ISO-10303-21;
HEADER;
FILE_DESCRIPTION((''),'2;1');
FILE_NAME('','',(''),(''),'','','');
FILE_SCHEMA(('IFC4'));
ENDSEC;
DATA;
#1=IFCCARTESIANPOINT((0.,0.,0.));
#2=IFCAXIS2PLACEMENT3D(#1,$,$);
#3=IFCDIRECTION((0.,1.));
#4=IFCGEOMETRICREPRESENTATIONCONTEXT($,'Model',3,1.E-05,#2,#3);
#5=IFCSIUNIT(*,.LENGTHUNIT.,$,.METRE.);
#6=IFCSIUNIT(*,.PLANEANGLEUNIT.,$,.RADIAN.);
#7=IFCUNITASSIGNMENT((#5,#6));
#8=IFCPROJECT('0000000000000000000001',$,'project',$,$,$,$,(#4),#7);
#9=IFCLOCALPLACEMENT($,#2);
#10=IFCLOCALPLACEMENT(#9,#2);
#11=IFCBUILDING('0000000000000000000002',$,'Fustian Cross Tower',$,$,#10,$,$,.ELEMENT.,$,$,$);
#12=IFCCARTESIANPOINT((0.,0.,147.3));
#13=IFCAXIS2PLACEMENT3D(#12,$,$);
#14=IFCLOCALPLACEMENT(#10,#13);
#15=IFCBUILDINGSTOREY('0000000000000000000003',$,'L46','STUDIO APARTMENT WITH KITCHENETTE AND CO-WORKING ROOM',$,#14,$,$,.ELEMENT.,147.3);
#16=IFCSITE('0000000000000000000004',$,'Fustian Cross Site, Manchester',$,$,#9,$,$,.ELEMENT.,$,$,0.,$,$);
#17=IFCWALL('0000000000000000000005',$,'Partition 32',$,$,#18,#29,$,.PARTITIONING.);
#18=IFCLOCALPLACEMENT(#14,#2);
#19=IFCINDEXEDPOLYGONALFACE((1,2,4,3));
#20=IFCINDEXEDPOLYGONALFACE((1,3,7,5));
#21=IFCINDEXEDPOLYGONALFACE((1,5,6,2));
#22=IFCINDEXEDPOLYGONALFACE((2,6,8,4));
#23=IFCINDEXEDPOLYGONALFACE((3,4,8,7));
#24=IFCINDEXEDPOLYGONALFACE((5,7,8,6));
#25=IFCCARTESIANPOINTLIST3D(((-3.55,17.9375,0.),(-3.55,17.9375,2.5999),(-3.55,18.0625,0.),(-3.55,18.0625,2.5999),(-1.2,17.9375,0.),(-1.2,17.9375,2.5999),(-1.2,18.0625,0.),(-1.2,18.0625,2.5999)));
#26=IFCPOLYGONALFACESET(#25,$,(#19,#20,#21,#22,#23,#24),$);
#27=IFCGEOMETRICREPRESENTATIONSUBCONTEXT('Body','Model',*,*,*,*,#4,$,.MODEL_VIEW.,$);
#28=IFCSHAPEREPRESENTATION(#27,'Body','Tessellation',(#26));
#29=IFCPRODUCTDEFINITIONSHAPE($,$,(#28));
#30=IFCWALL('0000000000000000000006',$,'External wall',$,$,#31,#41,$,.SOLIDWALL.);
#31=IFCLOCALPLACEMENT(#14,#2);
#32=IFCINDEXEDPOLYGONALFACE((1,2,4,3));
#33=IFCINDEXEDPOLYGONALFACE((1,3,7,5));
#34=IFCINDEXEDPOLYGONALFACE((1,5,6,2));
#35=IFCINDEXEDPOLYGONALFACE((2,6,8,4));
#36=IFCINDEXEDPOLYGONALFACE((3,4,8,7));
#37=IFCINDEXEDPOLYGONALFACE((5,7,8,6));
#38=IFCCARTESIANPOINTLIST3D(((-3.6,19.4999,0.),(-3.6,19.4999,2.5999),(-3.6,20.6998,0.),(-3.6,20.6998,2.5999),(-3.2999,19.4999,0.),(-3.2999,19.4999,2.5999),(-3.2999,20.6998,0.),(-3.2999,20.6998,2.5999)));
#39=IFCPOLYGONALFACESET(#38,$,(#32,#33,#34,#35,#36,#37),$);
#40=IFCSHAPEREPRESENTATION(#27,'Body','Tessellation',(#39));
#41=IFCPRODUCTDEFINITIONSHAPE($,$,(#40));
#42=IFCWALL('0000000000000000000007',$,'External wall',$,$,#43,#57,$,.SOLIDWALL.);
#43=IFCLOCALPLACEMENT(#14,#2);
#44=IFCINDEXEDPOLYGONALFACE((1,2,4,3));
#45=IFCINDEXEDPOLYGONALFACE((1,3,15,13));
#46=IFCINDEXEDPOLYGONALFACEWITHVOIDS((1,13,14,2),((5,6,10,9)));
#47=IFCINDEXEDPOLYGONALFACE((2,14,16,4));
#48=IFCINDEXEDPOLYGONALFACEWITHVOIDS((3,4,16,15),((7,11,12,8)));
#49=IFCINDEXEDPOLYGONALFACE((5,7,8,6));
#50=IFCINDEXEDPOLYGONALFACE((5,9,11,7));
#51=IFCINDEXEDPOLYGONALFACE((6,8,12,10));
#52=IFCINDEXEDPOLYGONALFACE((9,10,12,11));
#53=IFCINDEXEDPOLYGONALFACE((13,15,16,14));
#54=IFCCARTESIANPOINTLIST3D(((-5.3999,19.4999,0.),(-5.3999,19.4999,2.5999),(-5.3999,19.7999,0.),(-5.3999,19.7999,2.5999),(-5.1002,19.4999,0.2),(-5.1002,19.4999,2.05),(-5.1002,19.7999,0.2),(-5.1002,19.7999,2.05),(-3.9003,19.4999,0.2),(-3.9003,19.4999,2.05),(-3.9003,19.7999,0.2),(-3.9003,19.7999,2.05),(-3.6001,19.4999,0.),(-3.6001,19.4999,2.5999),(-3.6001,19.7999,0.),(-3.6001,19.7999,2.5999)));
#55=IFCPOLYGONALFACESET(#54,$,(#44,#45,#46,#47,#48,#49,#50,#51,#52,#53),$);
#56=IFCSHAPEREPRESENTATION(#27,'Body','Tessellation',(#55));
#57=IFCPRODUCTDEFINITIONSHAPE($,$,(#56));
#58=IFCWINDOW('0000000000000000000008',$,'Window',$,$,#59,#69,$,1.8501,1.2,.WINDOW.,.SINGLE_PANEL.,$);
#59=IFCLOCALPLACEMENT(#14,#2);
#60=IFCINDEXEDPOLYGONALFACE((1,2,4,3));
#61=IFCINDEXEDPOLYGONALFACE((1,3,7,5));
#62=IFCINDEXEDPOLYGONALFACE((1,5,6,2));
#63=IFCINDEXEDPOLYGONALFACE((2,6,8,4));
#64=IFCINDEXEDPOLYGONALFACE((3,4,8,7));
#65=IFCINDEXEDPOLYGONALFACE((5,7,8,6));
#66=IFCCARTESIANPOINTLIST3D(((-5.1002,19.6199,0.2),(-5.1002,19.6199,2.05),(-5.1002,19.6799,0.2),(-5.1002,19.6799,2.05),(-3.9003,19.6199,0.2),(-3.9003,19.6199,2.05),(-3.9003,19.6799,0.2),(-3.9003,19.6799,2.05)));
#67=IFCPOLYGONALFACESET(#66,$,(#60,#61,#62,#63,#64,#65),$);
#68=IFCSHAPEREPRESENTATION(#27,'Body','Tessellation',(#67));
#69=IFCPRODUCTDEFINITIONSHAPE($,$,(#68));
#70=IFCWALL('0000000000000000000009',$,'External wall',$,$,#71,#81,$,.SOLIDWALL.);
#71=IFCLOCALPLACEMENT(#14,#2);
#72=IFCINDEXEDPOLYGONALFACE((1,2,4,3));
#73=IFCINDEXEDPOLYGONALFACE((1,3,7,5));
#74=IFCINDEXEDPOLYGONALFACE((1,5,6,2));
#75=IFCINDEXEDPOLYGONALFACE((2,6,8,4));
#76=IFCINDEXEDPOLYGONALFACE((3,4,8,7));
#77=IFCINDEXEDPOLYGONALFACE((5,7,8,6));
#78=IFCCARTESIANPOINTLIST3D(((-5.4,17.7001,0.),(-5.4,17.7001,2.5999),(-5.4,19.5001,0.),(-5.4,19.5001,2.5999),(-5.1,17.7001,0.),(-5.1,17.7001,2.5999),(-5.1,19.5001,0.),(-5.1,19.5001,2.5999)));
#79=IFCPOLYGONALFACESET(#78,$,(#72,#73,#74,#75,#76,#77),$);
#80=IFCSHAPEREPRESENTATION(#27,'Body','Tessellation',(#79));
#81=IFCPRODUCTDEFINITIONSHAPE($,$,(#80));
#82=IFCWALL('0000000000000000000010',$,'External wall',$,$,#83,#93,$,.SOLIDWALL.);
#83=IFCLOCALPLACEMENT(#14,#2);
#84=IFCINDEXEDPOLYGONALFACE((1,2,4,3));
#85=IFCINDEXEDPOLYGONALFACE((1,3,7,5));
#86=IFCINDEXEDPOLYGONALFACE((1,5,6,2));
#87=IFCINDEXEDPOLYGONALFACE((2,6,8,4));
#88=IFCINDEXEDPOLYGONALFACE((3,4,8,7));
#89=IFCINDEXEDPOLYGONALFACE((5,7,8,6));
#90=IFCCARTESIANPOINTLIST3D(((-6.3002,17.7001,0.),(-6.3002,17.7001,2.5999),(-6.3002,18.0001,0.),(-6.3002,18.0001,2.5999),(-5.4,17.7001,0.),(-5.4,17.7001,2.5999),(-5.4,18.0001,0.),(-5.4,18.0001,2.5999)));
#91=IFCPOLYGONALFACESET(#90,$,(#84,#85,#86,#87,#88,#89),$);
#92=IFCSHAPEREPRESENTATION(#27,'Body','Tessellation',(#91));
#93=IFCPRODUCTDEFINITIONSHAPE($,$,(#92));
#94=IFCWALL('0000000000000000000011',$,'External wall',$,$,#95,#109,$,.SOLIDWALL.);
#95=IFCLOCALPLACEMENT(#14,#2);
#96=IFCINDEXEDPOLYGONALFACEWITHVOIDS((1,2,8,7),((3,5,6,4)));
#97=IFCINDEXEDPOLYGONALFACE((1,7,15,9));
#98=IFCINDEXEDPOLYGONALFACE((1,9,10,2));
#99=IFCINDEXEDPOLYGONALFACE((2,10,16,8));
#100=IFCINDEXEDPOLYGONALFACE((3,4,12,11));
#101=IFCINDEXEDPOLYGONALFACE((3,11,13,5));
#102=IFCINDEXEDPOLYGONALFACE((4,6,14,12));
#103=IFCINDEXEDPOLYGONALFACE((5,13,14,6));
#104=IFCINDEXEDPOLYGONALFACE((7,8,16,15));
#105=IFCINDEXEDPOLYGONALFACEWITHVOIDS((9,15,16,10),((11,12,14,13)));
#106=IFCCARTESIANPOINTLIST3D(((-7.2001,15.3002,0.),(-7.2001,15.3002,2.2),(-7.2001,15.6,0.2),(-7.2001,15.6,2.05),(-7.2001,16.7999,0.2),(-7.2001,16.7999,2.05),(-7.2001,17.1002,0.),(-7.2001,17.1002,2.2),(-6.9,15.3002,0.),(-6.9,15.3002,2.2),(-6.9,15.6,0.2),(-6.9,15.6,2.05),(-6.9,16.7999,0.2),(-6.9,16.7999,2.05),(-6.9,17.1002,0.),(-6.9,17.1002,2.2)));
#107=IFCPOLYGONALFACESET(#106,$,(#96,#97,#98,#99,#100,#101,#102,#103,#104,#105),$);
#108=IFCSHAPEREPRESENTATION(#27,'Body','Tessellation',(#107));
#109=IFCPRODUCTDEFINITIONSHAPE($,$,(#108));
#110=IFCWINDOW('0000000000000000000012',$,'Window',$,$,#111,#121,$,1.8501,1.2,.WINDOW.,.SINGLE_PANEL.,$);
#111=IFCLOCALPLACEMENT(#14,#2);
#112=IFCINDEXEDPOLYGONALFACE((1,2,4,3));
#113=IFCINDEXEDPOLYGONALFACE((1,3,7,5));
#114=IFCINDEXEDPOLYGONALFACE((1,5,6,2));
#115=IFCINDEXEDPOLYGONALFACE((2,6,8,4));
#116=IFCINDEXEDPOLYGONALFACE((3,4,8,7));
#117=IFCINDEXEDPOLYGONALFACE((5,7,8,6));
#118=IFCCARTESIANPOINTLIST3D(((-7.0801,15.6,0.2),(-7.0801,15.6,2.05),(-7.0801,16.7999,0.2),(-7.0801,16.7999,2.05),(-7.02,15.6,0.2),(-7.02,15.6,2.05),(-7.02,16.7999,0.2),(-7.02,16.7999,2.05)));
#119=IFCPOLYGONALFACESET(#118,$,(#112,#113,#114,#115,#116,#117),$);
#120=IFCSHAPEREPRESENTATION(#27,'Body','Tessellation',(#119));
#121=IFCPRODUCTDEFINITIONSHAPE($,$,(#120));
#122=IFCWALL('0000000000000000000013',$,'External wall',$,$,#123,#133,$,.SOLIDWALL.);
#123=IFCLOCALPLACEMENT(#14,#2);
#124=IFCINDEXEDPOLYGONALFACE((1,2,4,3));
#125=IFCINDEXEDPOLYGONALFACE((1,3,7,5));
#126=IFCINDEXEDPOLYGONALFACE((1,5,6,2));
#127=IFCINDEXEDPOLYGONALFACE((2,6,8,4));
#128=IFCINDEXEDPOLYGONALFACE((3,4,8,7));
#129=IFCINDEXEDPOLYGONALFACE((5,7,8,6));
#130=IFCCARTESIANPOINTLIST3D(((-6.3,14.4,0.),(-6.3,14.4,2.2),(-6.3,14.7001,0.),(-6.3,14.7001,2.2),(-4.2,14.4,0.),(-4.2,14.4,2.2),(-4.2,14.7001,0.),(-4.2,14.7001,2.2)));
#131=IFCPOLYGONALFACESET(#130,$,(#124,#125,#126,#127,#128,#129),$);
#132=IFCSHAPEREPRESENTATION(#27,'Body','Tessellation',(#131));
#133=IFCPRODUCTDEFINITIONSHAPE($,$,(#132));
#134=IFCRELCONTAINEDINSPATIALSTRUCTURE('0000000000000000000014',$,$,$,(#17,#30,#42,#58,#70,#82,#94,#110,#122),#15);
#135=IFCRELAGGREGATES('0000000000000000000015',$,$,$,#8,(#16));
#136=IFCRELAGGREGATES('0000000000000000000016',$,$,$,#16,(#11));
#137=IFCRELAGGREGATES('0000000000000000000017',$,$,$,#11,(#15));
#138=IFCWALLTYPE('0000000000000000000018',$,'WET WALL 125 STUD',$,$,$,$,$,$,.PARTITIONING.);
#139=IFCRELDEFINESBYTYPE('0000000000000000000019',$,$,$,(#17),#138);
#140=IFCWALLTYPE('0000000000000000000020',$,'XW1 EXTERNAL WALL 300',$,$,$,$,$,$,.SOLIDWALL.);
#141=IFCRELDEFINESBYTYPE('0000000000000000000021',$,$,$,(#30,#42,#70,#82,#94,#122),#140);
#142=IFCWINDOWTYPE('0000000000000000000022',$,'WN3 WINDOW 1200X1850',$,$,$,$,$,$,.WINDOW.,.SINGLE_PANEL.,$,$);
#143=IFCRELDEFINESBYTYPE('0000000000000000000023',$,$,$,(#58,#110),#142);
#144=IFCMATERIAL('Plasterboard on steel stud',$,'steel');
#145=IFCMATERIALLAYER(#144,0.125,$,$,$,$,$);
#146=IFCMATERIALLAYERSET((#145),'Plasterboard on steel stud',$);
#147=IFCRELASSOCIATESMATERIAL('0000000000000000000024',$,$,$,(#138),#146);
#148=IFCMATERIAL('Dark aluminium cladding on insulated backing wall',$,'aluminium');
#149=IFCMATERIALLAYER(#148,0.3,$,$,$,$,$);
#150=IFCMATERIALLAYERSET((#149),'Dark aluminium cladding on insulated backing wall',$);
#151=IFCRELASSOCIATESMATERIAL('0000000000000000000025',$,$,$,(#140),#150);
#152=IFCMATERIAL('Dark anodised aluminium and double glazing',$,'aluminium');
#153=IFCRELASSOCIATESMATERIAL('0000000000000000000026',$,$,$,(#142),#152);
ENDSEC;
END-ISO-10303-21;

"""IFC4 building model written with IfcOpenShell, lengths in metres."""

from ifc_helpers import new_model, si_unit, direction, frame, frame_2d, origin, place, context, subcontext, project, spatial, rectangle, extrude, material, layer, layer_set, type_object, element, fill, save


model = new_model("IFC4")

# Units and contexts
model_context = context("Model", 3, precision=1e-05, world=origin(), true_north=direction((0.0, 1.0)))
body_context = subcontext(model_context, "Body", "Model", "MODEL_VIEW")
ifc_project = project(units=[si_unit("LENGTHUNIT", "METRE"), si_unit("PLANEANGLEUNIT", "RADIAN")], contexts=[model_context])

# Site, building, storey
site_placement = place(None, origin())
site = spatial("IfcSite", under=ifc_project, at=site_placement, Name="Fustian Cross Site, Manchester", CompositionType="ELEMENT", RefElevation=0.0)
building_placement = place(site_placement, origin())
building = spatial("IfcBuilding", under=site, at=building_placement, Name="Fustian Cross Tower", CompositionType="ELEMENT")
storey_placement = place(building_placement, frame((0.0, 0.0, 147.3)))
storey = spatial("IfcBuildingStorey", under=building, at=storey_placement, Name="L46", Description="STUDIO APARTMENT WITH KITCHENETTE AND CO-WORKING ROOM", CompositionType="ELEMENT", Elevation=147.3)

# Walls
ifc_material_1 = material(Name="Plasterboard on steel stud", Category="steel")
ifc_layer_1 = layer(ifc_material_1, 0.125)
ifc_layer_set_1 = layer_set([ifc_layer_1], Name="Plasterboard on steel stud")
wall_type_1 = type_object("IfcWallType", Name="WET WALL 125 STUD", PredefinedType="PARTITIONING", material=ifc_layer_set_1)
wall_1_placement = place(storey_placement, frame((-3.55, 18.0, 0.0), z_axis=(0.0, 0.0, 1.0), x_axis=(1.0, 0.0, 0.0)))
element("IfcWall", 1, at=wall_1_placement, inside=storey, type_object=wall_type_1, Name="Partition 32", PredefinedType="PARTITIONING", context=body_context, shape_type="SweptSolid", body=[
    extrude(rectangle(XDim=2.3501, YDim=0.125, at=frame_2d((1.175, 0.0))), origin(), (0.0, 0.0, 1.0), 2.5999),
])
ifc_material_2 = material(Name="Dark aluminium cladding on insulated backing wall", Category="aluminium")
ifc_layer_2 = layer(ifc_material_2, 0.3)
ifc_layer_set_2 = layer_set([ifc_layer_2], Name="Dark aluminium cladding on insulated backing wall")
wall_type_2 = type_object("IfcWallType", Name="XW1 EXTERNAL WALL 300", PredefinedType="SOLIDWALL", material=ifc_layer_set_2)
wall_2_placement = place(storey_placement, frame((-3.45, 20.7, 0.0), z_axis=(0.0, 0.0, 1.0), x_axis=(0.0, -1.0, 0.0)))
element("IfcWall", 2, at=wall_2_placement, inside=storey, type_object=wall_type_2, Name="External wall", PredefinedType="SOLIDWALL", context=body_context, shape_type="SweptSolid", body=[
    extrude(rectangle(XDim=1.2, YDim=0.3, at=frame_2d((0.6001, 0.0))), origin(), (0.0, 0.0, 1.0), 2.5999),
])

# Wall, opening, window
wall_3_placement = place(storey_placement, frame((-3.6001, 19.6499, 0.0), z_axis=(0.0, 0.0, 1.0), x_axis=(-1.0, 0.0, 0.0)))
wall_3 = element("IfcWall", 3, at=wall_3_placement, inside=storey, type_object=wall_type_2, Name="External wall", PredefinedType="SOLIDWALL", context=body_context, shape_type="SweptSolid", body=[
    extrude(rectangle(XDim=1.7998, YDim=0.3, at=frame_2d((0.8999, 0.0))), origin(), (0.0, 0.0, 1.0), 2.5999),
])
opening_1_placement = place(wall_3_placement, frame((0.3, 0.0, 0.2)))
opening_1 = element("IfcOpeningElement", 4, at=opening_1_placement, cuts=wall_3, PredefinedType="OPENING", context=body_context, shape_type="SweptSolid", body=[
    extrude(rectangle(XDim=1.2, YDim=1.8501, at=frame_2d((0.6001, 0.925))), frame((0.0, 0.1599, 0.0), z_axis=(0.0, -1.0, 0.0), x_axis=(1.0, 0.0, 0.0)), (0.0, 0.0, 1.0), 0.3201),
])
ifc_material_3 = material(Name="Dark anodised aluminium and double glazing", Category="aluminium")
window_type_1 = type_object("IfcWindowType", Name="WN3 WINDOW 1200X1850", PartitioningType="SINGLE_PANEL", PredefinedType="WINDOW", material=ifc_material_3)
window_1_placement = place(opening_1_placement, origin())
window_1 = element("IfcWindow", 5, at=window_1_placement, inside=storey, type_object=window_type_1, Name="Window", OverallHeight=1.8501, OverallWidth=1.2, PartitioningType="SINGLE_PANEL", PredefinedType="WINDOW", context=body_context, shape_type="SweptSolid", body=[
    extrude(rectangle(XDim=1.2, YDim=1.8501, at=frame_2d((0.6001, 0.925))), frame((0.0, 0.03, 0.0), z_axis=(0.0, -1.0, 0.0), x_axis=(1.0, 0.0, 0.0)), (0.0, 0.0, 1.0), 0.0601),
])
fill(opening_1, window_1)

# Walls
wall_4_placement = place(storey_placement, frame((-5.25, 19.5, 0.0), z_axis=(0.0, 0.0, 1.0), x_axis=(0.0, -1.0, 0.0)))
element("IfcWall", 6, at=wall_4_placement, inside=storey, type_object=wall_type_2, Name="External wall", PredefinedType="SOLIDWALL", context=body_context, shape_type="SweptSolid", body=[
    extrude(rectangle(XDim=1.8, YDim=0.3, at=frame_2d((0.8999, 0.0))), origin(), (0.0, 0.0, 1.0), 2.5999),
])
wall_5_placement = place(storey_placement, frame((-5.3999, 17.8501, 0.0), z_axis=(0.0, 0.0, 1.0), x_axis=(-1.0, 0.0, 0.0)))
element("IfcWall", 7, at=wall_5_placement, inside=storey, type_object=wall_type_2, Name="External wall", PredefinedType="SOLIDWALL", context=body_context, shape_type="SweptSolid", body=[
    extrude(rectangle(XDim=0.9001, YDim=0.3, at=frame_2d((0.4502, 0.0))), origin(), (0.0, 0.0, 1.0), 2.5999),
])

# Wall, opening, window
wall_6_placement = place(storey_placement, frame((-7.05, 17.1001, 0.0), z_axis=(0.0, 0.0, 1.0), x_axis=(0.0, -1.0, 0.0)))
wall_6 = element("IfcWall", 8, at=wall_6_placement, inside=storey, type_object=wall_type_2, Name="External wall", PredefinedType="SOLIDWALL", context=body_context, shape_type="SweptSolid", body=[
    extrude(rectangle(XDim=1.8, YDim=0.3, at=frame_2d((0.8999, 0.0))), origin(), (0.0, 0.0, 1.0), 2.2),
])
opening_2_placement = place(wall_6_placement, frame((0.3, 0.0, 0.2)))
opening_2 = element("IfcOpeningElement", 9, at=opening_2_placement, cuts=wall_6, PredefinedType="OPENING", context=body_context, shape_type="SweptSolid", body=[
    extrude(rectangle(XDim=1.2, YDim=1.8501, at=frame_2d((0.6001, 0.925))), frame((0.0, 0.1599, 0.0), z_axis=(0.0, -1.0, 0.0), x_axis=(1.0, 0.0, 0.0)), (0.0, 0.0, 1.0), 0.3201),
])
window_2_placement = place(opening_2_placement, origin())
window_2 = element("IfcWindow", 10, at=window_2_placement, inside=storey, type_object=window_type_1, Name="Window", OverallHeight=1.8501, OverallWidth=1.2, PartitioningType="SINGLE_PANEL", PredefinedType="WINDOW", context=body_context, shape_type="SweptSolid", body=[
    extrude(rectangle(XDim=1.2, YDim=1.8501, at=frame_2d((0.6001, 0.925))), frame((0.0, 0.03, 0.0), z_axis=(0.0, -1.0, 0.0), x_axis=(1.0, 0.0, 0.0)), (0.0, 0.0, 1.0), 0.0601),
])
fill(opening_2, window_2)

# Wall
wall_7_placement = place(storey_placement, frame((-6.3, 14.55, 0.0), z_axis=(0.0, 0.0, 1.0), x_axis=(1.0, 0.0, 0.0)))
element("IfcWall", 11, at=wall_7_placement, inside=storey, type_object=wall_type_2, Name="External wall", PredefinedType="SOLIDWALL", context=body_context, shape_type="SweptSolid", body=[
    extrude(rectangle(XDim=2.1001, YDim=0.3, at=frame_2d((1.05, 0.0))), origin(), (0.0, 0.0, 1.0), 2.2),
])

save(model, "model.ifc")
